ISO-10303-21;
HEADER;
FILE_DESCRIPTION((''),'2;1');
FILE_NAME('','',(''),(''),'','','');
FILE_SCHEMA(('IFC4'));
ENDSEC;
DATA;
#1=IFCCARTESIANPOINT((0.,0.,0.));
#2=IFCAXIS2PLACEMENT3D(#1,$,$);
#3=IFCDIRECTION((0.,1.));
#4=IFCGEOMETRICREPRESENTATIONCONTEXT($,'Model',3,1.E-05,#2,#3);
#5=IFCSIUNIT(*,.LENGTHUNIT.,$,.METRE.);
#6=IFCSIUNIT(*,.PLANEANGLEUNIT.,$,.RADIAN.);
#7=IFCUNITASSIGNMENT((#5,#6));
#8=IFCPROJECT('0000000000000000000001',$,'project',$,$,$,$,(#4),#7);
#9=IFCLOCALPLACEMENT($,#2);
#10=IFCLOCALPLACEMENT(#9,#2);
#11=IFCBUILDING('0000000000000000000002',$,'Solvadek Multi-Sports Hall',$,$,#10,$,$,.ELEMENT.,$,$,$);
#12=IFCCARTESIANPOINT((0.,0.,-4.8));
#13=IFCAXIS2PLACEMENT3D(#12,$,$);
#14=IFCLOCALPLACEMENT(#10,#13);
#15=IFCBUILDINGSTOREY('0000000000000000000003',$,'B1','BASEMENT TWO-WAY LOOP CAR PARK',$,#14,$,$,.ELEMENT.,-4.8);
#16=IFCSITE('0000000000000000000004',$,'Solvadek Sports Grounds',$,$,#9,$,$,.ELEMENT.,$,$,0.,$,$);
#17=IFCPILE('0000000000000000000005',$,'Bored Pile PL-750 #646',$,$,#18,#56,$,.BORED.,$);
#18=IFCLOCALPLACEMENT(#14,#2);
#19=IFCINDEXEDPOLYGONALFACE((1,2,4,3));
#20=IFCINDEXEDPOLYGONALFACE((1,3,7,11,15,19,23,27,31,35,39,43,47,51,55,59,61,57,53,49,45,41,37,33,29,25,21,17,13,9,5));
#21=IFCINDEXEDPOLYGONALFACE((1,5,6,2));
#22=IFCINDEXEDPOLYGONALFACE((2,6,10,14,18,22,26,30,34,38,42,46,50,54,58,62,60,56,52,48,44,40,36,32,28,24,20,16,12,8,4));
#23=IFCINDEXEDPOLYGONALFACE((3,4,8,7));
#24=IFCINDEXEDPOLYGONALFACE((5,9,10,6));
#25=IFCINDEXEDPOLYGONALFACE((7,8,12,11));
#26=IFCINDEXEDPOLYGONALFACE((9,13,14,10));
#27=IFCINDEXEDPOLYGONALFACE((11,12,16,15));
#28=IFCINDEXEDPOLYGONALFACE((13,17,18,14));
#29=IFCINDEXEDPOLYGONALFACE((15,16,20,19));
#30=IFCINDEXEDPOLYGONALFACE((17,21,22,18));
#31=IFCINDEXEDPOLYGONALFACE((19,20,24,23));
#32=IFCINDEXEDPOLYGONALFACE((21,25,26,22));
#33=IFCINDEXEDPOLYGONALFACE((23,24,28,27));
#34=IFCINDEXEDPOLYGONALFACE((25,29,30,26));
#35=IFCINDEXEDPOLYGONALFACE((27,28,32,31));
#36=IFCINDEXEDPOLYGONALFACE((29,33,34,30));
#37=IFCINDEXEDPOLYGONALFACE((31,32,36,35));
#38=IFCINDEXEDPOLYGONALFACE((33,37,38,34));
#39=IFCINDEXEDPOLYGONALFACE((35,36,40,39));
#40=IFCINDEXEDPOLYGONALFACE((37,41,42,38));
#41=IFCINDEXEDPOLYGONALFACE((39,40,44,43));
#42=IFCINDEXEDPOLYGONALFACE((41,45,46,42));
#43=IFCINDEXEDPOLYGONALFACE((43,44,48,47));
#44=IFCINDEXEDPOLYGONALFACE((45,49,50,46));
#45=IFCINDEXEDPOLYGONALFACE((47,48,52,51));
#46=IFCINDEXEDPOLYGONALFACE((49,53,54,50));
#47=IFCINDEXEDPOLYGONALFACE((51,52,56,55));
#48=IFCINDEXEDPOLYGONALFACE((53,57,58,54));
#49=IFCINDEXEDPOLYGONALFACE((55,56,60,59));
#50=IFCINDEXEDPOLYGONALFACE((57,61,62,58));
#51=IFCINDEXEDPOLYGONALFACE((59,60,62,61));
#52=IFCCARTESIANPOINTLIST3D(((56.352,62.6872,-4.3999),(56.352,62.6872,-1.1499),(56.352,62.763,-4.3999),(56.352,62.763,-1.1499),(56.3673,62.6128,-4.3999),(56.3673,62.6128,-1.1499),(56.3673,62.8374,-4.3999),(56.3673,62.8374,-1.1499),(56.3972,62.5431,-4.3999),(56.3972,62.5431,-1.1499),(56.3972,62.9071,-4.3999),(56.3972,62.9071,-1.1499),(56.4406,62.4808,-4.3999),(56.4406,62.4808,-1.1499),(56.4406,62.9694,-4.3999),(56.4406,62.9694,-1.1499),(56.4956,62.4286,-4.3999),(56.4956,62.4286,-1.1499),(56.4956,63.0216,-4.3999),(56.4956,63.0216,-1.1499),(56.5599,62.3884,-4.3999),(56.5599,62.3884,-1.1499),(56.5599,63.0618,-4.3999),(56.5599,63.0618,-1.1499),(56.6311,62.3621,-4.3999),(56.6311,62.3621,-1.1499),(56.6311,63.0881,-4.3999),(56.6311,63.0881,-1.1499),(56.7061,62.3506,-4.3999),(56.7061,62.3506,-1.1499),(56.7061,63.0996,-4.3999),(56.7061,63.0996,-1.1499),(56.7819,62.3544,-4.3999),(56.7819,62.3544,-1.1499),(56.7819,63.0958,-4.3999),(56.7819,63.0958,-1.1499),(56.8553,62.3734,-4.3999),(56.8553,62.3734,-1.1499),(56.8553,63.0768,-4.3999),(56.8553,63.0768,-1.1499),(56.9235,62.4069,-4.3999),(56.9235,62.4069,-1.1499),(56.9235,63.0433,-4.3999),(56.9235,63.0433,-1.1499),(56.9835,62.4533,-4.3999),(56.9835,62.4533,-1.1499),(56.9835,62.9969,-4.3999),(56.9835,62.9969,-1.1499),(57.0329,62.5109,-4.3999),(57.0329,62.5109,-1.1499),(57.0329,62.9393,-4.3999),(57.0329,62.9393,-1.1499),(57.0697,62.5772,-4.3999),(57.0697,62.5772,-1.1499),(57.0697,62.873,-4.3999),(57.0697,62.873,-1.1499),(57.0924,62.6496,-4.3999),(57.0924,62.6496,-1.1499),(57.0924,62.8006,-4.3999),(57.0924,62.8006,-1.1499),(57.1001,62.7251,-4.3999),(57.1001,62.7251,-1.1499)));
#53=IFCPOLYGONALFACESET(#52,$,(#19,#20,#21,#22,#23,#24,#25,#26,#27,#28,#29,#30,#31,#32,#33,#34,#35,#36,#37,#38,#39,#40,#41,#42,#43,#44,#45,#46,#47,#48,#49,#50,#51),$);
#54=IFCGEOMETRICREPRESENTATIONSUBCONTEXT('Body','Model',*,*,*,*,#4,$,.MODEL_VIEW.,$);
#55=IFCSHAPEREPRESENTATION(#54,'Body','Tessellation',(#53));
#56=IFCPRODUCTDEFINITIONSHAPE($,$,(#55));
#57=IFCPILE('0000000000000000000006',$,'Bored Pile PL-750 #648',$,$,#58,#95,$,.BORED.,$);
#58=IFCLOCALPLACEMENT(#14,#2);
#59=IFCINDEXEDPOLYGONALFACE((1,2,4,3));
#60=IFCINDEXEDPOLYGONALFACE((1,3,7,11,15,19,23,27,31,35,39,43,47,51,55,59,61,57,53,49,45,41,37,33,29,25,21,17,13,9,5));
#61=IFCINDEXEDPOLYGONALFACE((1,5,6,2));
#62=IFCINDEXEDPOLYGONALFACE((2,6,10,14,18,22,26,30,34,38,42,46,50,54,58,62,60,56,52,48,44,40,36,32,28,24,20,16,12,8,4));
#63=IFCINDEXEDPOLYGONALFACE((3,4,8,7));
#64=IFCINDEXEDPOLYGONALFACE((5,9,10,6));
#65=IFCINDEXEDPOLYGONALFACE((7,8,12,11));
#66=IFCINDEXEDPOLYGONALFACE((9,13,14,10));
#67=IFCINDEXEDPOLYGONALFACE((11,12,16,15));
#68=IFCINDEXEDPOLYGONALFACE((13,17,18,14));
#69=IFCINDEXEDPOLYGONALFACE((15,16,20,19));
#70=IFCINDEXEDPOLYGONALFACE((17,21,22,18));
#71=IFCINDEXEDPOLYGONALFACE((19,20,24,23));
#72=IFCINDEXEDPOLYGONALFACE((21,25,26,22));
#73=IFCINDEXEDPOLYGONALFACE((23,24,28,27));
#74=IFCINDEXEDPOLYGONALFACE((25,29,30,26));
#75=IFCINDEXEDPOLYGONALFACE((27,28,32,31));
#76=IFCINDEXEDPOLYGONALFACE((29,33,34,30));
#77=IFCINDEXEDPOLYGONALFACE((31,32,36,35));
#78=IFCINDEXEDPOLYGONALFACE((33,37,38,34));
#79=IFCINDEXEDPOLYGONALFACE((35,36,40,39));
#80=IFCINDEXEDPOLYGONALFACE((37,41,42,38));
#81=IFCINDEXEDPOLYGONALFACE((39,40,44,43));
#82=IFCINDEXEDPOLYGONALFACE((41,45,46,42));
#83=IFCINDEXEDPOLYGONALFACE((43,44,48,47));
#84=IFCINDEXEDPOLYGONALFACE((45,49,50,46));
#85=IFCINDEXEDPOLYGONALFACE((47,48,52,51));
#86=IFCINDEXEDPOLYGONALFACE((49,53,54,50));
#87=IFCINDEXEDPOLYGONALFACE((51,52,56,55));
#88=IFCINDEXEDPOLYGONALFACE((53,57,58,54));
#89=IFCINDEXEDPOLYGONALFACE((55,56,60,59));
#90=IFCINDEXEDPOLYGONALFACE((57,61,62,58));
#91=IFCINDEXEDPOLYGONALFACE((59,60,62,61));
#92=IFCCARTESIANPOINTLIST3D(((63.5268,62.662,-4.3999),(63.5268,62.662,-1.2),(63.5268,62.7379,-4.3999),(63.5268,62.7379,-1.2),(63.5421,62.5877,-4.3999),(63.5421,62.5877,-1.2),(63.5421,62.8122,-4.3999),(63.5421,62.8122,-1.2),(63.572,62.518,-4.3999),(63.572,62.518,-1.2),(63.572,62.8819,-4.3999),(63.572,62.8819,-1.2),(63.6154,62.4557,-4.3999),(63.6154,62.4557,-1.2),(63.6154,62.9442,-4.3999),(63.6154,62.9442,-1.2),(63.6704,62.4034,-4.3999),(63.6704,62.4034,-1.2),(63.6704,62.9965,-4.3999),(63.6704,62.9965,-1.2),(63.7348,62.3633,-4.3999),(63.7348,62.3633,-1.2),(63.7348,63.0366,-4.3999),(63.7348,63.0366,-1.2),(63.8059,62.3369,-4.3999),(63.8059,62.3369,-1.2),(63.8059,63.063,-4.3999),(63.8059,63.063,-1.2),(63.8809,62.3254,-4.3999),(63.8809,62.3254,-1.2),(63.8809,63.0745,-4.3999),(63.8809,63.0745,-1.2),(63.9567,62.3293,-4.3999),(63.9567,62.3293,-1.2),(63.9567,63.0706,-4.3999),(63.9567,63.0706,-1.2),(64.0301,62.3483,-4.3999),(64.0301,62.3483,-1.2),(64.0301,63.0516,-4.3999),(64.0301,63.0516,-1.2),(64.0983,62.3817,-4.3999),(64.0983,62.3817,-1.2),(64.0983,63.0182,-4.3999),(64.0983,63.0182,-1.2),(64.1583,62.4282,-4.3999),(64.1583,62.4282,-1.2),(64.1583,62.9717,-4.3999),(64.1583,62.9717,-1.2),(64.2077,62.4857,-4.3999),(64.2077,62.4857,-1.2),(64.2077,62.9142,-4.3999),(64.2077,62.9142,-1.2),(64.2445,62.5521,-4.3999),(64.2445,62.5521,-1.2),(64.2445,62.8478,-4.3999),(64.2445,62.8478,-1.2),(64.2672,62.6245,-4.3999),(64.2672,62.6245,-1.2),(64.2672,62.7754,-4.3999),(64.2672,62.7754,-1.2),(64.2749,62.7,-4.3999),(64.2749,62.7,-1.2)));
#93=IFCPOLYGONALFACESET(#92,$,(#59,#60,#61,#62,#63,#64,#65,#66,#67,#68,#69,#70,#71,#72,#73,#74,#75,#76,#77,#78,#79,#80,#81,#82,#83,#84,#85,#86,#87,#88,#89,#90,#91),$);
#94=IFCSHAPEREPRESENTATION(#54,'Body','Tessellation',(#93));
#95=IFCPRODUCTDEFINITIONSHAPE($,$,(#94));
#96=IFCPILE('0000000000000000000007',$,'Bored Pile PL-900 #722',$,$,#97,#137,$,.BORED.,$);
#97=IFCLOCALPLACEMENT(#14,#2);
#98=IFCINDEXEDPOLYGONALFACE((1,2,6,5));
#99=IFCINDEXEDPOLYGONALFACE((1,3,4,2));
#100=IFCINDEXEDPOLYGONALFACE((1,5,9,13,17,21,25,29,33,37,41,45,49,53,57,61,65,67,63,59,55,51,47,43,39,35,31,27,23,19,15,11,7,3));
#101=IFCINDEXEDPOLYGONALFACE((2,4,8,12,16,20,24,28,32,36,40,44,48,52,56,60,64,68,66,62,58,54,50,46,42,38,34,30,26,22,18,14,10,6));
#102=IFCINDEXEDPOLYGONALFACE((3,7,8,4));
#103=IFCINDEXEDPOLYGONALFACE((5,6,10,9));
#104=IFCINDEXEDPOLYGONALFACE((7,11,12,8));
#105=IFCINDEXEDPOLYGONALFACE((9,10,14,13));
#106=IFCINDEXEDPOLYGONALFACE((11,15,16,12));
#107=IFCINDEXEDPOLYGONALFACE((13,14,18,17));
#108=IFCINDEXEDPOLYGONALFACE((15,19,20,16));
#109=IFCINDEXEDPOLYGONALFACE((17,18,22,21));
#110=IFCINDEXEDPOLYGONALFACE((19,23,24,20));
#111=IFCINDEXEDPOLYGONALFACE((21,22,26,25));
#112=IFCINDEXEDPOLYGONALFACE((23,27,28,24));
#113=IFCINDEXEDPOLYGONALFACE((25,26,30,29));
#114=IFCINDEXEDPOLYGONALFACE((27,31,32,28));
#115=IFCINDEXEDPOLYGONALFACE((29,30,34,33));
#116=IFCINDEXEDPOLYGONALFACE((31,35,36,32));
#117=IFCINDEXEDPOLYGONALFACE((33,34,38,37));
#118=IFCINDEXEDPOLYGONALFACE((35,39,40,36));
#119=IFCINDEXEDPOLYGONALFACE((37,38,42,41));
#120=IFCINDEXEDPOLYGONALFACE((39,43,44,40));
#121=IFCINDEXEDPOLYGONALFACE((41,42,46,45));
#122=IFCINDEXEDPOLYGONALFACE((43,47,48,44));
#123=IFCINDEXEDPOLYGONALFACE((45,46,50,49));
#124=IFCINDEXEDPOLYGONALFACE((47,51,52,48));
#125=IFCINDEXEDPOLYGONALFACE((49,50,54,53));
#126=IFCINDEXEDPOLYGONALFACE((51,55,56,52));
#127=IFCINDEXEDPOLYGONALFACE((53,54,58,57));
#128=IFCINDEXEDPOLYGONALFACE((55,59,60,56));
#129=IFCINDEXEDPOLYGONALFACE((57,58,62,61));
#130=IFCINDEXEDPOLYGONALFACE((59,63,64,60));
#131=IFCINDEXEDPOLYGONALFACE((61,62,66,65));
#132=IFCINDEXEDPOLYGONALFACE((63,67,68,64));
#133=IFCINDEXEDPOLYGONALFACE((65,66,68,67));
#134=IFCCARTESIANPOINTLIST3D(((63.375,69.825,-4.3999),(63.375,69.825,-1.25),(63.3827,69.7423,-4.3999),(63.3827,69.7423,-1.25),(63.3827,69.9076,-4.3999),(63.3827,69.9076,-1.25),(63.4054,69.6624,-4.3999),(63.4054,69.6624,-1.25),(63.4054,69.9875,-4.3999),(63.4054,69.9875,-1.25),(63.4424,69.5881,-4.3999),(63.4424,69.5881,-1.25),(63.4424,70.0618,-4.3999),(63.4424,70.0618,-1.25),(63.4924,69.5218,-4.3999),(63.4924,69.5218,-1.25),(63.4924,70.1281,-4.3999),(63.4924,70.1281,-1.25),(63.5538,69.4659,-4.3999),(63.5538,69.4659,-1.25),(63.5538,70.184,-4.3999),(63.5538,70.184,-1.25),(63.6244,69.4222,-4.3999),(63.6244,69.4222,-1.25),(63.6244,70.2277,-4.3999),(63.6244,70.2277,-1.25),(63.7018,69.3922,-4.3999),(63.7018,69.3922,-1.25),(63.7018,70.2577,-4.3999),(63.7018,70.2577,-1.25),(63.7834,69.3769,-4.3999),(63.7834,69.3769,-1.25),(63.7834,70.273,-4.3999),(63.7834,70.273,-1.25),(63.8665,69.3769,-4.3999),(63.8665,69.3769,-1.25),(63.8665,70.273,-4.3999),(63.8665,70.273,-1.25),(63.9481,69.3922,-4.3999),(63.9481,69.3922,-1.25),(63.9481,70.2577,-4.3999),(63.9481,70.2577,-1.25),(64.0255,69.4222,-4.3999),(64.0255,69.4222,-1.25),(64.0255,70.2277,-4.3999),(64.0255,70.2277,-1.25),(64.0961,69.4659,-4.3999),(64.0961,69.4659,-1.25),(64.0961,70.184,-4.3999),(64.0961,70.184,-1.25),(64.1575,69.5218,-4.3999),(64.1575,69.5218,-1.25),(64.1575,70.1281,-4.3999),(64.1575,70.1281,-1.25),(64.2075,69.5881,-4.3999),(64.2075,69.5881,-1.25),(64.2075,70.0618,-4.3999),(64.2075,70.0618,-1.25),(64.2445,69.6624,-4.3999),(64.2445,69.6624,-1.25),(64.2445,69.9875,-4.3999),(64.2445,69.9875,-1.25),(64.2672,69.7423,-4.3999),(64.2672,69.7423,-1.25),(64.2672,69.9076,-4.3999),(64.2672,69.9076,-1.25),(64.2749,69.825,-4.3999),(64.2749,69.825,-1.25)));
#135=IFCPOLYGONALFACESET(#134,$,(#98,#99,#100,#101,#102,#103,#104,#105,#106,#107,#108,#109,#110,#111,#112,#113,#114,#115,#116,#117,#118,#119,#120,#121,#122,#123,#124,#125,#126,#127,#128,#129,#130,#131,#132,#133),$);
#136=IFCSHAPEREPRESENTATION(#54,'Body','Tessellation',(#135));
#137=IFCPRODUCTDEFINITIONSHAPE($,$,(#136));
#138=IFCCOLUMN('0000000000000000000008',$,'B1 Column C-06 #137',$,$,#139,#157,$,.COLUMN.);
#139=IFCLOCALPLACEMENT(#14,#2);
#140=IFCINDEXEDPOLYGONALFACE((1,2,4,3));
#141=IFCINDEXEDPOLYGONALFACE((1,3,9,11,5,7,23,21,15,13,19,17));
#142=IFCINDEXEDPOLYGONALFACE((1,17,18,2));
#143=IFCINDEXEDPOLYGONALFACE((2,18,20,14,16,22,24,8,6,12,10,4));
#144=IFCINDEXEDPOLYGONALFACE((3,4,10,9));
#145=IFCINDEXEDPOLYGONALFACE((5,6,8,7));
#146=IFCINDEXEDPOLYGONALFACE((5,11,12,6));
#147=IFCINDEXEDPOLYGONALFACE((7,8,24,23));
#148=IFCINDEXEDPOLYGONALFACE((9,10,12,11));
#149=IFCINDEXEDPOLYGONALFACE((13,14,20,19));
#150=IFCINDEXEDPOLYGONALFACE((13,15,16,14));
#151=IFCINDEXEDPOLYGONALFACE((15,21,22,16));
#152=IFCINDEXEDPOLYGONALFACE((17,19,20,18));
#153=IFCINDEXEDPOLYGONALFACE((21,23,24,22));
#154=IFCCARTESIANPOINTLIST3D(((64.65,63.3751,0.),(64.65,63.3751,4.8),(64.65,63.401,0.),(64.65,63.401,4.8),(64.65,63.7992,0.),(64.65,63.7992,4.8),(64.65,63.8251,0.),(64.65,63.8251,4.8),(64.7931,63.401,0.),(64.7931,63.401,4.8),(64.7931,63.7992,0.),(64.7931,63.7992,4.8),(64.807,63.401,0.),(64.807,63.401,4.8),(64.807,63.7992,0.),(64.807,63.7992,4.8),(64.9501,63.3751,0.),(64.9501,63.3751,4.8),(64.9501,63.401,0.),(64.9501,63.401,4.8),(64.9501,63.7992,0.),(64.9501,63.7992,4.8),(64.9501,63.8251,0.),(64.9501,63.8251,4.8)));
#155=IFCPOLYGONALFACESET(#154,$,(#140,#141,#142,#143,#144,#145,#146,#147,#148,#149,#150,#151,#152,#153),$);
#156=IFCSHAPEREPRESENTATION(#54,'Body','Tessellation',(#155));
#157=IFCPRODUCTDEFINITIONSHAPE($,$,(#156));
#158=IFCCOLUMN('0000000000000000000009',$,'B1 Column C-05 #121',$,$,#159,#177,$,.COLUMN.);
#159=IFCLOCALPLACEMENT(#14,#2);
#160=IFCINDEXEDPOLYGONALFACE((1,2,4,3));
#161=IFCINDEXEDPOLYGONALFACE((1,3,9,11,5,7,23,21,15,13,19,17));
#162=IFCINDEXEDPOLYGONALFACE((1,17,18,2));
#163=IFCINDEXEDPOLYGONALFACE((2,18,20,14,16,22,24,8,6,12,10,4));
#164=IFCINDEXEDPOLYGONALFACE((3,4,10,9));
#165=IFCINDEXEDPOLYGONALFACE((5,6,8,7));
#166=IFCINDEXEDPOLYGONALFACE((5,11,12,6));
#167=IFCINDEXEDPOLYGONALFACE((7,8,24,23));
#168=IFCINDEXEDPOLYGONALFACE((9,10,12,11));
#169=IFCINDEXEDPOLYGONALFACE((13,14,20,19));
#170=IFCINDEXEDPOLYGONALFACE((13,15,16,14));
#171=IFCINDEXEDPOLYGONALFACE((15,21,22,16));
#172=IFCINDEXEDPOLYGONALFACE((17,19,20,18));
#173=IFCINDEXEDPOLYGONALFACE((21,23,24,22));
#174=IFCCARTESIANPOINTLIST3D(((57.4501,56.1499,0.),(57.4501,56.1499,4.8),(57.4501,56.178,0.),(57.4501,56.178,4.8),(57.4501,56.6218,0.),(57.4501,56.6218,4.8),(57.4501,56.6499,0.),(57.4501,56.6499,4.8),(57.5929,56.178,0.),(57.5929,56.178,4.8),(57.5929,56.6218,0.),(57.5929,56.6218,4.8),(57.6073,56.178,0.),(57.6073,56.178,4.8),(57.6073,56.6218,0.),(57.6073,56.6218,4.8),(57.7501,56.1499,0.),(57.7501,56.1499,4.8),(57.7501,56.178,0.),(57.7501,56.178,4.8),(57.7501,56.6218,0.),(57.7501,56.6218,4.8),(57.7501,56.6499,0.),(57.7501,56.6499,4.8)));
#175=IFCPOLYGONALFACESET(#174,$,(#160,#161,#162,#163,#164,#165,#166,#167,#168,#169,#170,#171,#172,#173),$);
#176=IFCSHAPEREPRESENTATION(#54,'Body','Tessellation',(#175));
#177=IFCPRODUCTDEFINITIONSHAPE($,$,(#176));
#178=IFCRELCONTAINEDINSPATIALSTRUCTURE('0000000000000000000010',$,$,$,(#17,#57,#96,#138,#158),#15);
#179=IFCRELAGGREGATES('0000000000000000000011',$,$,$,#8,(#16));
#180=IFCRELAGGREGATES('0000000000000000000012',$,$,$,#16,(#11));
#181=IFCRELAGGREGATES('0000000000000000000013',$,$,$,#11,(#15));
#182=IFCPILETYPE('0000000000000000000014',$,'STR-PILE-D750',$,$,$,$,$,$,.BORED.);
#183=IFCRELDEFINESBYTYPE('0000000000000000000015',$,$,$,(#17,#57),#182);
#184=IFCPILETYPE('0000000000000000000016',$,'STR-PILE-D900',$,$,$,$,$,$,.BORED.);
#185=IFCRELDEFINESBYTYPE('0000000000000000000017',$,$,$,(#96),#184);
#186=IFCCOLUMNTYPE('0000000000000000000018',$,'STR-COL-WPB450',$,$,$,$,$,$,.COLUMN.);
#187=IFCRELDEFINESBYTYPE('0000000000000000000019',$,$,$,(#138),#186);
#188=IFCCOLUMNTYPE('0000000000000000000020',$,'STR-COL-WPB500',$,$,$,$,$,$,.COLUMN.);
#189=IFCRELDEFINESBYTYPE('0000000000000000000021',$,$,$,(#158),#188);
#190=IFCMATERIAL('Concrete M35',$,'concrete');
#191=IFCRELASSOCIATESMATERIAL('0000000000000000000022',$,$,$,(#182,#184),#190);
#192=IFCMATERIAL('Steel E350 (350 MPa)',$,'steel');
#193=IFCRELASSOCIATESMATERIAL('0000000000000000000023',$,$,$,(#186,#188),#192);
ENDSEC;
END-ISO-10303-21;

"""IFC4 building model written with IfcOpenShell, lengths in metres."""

from ifc_helpers import new_model, si_unit, direction, frame, origin, origin_2d, place, context, subcontext, project, spatial, circle, i_section, extrude, material, material_profile, profile_set, type_object, element, save


model = new_model("IFC4")

# Units and contexts
model_context = context("Model", 3, precision=1e-05, world=origin(), true_north=direction((0.0, 1.0)))
body_context = subcontext(model_context, "Body", "Model", "MODEL_VIEW")
ifc_project = project(units=[si_unit("LENGTHUNIT", "METRE"), si_unit("PLANEANGLEUNIT", "RADIAN")], contexts=[model_context])

# Site, building, storey
site_placement = place(None, origin())
site = spatial("IfcSite", under=ifc_project, at=site_placement, Name="Solvadek Sports Grounds", CompositionType="ELEMENT", RefElevation=0.0)
building_placement = place(site_placement, origin())
building = spatial("IfcBuilding", under=site, at=building_placement, Name="Solvadek Multi-Sports Hall", CompositionType="ELEMENT")
storey_placement = place(building_placement, frame((0.0, 0.0, -4.8)))
storey = spatial("IfcBuildingStorey", under=building, at=storey_placement, Name="B1", Description="BASEMENT TWO-WAY LOOP CAR PARK", CompositionType="ELEMENT", Elevation=-4.8)

# Piles
ifc_material_1 = material(Name="Concrete M35", Category="concrete")
ifc_material_profile_1 = material_profile(ifc_material_1, circle(Radius=0.375, at=origin_2d()), Name="BORED PILE D750")
ifc_profile_set_1 = profile_set([ifc_material_profile_1], Name="Concrete M35")
pile_type_1 = type_object("IfcPileType", Name="STR-PILE-D750", PredefinedType="BORED", material=ifc_profile_set_1)
pile_1_placement = place(storey_placement, frame((56.7251, 62.7251, -1.1499), z_axis=(0.0, 0.0, -1.0), x_axis=(1.0, 0.0, 0.0)))
element("IfcPile", 1, at=pile_1_placement, inside=storey, type_object=pile_type_1, Name="Bored Pile PL-750 #646", PredefinedType="BORED", context=body_context, shape_type="SweptSolid", body=[
    extrude(circle(Radius=0.375, at=origin_2d()), origin(), (0.0, 0.0, 1.0), 3.25),
])
pile_2_placement = place(storey_placement, frame((63.8999, 62.7, -1.2), z_axis=(0.0, 0.0, -1.0), x_axis=(1.0, 0.0, 0.0)))
element("IfcPile", 2, at=pile_2_placement, inside=storey, type_object=pile_type_1, Name="Bored Pile PL-750 #648", PredefinedType="BORED", context=body_context, shape_type="SweptSolid", body=[
    extrude(circle(Radius=0.375, at=origin_2d()), origin(), (0.0, 0.0, 1.0), 3.2),
])
ifc_material_profile_2 = material_profile(ifc_material_1, circle(Radius=0.45, at=origin_2d()), Name="BORED PILE D900")
ifc_profile_set_2 = profile_set([ifc_material_profile_2], Name="Concrete M35")
pile_type_2 = type_object("IfcPileType", Name="STR-PILE-D900", PredefinedType="BORED", material=ifc_profile_set_2)
pile_3_placement = place(storey_placement, frame((63.825, 69.825, -1.25), z_axis=(0.0, 0.0, -1.0), x_axis=(1.0, 0.0, 0.0)))
element("IfcPile", 3, at=pile_3_placement, inside=storey, type_object=pile_type_2, Name="Bored Pile PL-900 #722", PredefinedType="BORED", context=body_context, shape_type="SweptSolid", body=[
    extrude(circle(Radius=0.45, at=origin_2d()), origin(), (0.0, 0.0, 1.0), 3.1499),
])

# Columns
ifc_material_2 = material(Name="Steel E350 (350 MPa)", Category="steel")
ifc_material_profile_3 = material_profile(ifc_material_2, i_section(OverallWidth=0.3, OverallDepth=0.45, WebThickness=0.0139, FlangeThickness=0.0259, at=origin_2d()), Name="WPB 450")
ifc_profile_set_3 = profile_set([ifc_material_profile_3], Name="Steel E350 (350 MPa)")
column_type_1 = type_object("IfcColumnType", Name="STR-COL-WPB450", PredefinedType="COLUMN", material=ifc_profile_set_3)
column_1_placement = place(storey_placement, frame((64.8, 63.6001, 0.0), z_axis=(0.0, 0.0, 1.0), x_axis=(1.0, 0.0, 0.0)))
element("IfcColumn", 4, at=column_1_placement, inside=storey, type_object=column_type_1, Name="B1 Column C-06 #137", PredefinedType="COLUMN", context=body_context, shape_type="SweptSolid", body=[
    extrude(i_section(OverallWidth=0.3, OverallDepth=0.45, WebThickness=0.0139, FlangeThickness=0.0259, at=origin_2d()), origin(), (0.0, 0.0, 1.0), 4.8),
])
ifc_material_profile_4 = material_profile(ifc_material_2, i_section(OverallWidth=0.3, OverallDepth=0.5, WebThickness=0.0144, FlangeThickness=0.0281, at=origin_2d()), Name="WPB 500")
ifc_profile_set_4 = profile_set([ifc_material_profile_4], Name="Steel E350 (350 MPa)")
column_type_2 = type_object("IfcColumnType", Name="STR-COL-WPB500", PredefinedType="COLUMN", material=ifc_profile_set_4)
column_2_placement = place(storey_placement, frame((57.6001, 56.3999, 0.0), z_axis=(0.0, 0.0, 1.0), x_axis=(1.0, 0.0, 0.0)))
element("IfcColumn", 5, at=column_2_placement, inside=storey, type_object=column_type_2, Name="B1 Column C-05 #121", PredefinedType="COLUMN", context=body_context, shape_type="SweptSolid", body=[
    extrude(i_section(OverallWidth=0.3, OverallDepth=0.5, WebThickness=0.0144, FlangeThickness=0.0281, at=origin_2d()), origin(), (0.0, 0.0, 1.0), 4.8),
])

save(model, "model.ifc")
